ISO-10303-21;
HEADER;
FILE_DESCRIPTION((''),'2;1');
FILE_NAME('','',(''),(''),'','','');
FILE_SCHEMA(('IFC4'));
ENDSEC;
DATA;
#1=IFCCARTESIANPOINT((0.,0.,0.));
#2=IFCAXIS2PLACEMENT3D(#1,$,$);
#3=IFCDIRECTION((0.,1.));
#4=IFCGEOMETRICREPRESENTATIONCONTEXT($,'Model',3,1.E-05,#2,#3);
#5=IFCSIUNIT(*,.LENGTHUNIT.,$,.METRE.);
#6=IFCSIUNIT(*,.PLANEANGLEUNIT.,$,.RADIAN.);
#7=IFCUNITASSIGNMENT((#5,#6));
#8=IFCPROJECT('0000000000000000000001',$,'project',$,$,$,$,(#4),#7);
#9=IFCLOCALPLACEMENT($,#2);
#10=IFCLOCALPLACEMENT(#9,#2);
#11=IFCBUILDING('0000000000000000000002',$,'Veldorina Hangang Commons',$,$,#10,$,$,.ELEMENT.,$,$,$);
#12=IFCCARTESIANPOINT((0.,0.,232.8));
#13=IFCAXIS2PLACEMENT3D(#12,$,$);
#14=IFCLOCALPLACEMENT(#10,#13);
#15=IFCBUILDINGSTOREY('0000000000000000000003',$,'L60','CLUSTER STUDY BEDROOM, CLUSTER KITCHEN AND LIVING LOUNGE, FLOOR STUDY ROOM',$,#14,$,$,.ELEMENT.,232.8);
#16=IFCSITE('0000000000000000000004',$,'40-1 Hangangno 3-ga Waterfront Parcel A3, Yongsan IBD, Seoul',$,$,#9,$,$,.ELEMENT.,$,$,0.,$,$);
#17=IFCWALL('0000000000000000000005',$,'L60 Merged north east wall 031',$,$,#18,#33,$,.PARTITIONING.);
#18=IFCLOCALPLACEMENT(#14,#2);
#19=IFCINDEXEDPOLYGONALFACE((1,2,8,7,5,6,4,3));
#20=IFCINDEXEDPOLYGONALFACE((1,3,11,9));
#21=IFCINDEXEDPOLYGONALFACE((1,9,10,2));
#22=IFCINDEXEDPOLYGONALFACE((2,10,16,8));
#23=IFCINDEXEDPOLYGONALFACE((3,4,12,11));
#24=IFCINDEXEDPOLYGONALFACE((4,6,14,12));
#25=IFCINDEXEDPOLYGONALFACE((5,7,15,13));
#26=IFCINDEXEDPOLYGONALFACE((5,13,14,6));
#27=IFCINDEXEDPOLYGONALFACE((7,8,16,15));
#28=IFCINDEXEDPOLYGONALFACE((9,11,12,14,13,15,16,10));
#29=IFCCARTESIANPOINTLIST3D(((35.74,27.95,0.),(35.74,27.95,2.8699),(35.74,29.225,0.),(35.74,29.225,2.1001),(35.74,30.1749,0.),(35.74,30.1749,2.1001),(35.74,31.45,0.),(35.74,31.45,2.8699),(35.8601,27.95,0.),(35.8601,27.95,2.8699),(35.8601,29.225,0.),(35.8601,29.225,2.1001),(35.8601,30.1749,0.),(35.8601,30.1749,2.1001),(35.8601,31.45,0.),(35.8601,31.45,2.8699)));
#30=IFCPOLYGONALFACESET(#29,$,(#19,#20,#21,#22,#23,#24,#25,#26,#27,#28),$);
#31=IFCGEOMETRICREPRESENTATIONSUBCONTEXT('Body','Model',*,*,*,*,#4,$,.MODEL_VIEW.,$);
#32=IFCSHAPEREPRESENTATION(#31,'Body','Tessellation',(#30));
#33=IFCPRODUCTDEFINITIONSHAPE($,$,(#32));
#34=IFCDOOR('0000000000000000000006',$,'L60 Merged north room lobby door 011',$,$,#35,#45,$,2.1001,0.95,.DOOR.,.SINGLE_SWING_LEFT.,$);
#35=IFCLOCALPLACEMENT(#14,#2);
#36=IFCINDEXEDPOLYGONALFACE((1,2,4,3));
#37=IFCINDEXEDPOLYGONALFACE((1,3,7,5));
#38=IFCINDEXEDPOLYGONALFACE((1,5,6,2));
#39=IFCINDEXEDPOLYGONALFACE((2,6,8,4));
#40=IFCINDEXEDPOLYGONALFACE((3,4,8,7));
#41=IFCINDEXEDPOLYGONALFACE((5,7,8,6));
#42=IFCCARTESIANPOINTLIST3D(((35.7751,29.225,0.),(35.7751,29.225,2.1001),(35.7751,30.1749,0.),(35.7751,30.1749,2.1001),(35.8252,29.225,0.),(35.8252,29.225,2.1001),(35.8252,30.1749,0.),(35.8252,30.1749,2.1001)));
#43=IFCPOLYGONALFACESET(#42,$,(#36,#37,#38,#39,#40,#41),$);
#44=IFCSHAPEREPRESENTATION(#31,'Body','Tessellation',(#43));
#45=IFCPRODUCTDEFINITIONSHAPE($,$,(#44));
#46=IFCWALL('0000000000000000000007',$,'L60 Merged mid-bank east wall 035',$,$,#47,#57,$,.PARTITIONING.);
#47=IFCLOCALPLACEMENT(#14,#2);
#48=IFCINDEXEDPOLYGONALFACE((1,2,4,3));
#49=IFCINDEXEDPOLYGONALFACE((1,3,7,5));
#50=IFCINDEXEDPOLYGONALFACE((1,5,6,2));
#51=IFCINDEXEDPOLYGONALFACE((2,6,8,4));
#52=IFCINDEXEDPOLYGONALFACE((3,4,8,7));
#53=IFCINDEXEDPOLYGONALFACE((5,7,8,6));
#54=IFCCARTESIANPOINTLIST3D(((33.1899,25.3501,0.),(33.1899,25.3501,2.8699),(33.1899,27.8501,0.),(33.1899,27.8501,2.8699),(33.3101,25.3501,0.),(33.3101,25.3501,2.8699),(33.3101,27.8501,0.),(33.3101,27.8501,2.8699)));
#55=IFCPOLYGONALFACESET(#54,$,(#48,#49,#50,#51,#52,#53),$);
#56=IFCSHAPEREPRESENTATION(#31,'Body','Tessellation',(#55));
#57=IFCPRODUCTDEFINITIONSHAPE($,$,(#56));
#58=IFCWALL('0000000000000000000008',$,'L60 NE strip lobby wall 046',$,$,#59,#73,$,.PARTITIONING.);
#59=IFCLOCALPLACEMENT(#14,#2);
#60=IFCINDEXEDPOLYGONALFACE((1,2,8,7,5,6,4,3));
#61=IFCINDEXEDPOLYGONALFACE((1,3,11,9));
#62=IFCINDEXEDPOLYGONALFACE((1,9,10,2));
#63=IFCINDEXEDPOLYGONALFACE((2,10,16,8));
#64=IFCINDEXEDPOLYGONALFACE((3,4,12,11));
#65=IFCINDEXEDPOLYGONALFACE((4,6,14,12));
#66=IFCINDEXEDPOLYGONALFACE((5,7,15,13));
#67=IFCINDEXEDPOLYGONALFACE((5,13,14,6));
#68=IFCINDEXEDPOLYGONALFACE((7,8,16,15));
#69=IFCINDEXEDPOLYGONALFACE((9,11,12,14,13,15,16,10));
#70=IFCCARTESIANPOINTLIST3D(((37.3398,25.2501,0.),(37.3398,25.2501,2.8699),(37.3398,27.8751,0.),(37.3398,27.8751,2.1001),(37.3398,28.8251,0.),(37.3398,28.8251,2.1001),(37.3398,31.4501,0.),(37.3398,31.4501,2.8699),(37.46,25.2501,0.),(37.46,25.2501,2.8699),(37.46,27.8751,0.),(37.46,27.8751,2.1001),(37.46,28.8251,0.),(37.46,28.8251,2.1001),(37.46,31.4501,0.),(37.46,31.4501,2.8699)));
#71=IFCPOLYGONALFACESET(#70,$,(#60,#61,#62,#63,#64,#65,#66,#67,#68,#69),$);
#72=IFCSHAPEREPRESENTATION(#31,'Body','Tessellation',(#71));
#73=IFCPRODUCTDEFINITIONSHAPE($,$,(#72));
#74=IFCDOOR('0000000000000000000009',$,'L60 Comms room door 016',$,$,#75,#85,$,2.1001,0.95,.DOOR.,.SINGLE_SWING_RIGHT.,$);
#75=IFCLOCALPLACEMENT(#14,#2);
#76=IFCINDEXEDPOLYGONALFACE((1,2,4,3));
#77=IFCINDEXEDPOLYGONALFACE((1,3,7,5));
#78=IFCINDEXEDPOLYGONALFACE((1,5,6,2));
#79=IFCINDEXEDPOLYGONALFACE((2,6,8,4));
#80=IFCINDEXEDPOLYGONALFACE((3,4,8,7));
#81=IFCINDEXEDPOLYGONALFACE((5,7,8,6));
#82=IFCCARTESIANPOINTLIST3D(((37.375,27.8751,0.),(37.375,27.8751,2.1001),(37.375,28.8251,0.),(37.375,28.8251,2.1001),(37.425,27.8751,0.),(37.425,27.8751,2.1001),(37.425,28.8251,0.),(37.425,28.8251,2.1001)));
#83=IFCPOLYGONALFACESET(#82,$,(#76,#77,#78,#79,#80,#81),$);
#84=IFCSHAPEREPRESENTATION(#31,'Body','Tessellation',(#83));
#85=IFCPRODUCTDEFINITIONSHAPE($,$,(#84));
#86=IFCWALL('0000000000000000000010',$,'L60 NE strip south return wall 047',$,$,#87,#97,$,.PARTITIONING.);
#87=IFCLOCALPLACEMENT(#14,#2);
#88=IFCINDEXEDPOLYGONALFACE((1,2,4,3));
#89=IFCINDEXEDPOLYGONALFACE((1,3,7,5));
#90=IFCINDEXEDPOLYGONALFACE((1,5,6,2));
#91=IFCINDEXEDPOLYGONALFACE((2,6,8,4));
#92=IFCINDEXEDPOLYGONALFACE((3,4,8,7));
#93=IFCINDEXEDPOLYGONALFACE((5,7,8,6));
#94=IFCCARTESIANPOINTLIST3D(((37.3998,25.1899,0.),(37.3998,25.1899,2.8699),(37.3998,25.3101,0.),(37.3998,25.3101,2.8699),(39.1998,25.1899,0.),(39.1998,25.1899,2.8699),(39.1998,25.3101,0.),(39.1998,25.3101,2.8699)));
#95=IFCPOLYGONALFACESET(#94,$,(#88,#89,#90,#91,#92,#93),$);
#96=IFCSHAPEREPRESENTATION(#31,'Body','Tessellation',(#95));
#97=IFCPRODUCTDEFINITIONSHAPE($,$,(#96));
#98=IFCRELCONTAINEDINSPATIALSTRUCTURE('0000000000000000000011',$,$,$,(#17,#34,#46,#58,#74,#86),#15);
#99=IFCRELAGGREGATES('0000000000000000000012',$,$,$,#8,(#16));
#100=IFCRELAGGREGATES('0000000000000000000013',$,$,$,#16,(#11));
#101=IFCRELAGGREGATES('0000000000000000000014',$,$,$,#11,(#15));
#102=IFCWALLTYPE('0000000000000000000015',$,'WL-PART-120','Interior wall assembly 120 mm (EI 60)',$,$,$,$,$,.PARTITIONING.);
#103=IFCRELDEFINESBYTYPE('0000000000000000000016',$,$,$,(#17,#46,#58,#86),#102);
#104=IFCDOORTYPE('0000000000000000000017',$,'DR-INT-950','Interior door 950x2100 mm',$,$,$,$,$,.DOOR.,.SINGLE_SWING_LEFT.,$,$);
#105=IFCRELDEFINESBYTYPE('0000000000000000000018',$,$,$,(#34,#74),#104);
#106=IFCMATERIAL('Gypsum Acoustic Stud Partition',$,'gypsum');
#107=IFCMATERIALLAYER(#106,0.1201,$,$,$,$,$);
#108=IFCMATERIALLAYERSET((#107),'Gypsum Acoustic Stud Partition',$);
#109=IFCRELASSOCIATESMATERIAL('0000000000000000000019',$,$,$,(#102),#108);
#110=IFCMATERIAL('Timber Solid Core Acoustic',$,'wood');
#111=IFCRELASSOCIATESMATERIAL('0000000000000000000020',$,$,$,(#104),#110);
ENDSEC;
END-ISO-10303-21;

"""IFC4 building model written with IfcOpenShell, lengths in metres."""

from ifc_helpers import new_model, si_unit, direction, frame, frame_2d, origin, place, context, subcontext, project, spatial, rectangle, extrude, material, layer, layer_set, type_object, element, fill, save


model = new_model("IFC4")

# Units and contexts
model_context = context("Model", 3, precision=1e-05, world=origin(), true_north=direction((0.0, 1.0)))
body_context = subcontext(model_context, "Body", "Model", "MODEL_VIEW")
ifc_project = project(units=[si_unit("LENGTHUNIT", "METRE"), si_unit("PLANEANGLEUNIT", "RADIAN")], contexts=[model_context])

# Site, building, storey
site_placement = place(None, origin())
site = spatial("IfcSite", under=ifc_project, at=site_placement, Name="40-1 Hangangno 3-ga Waterfront Parcel A3, Yongsan IBD, Seoul", CompositionType="ELEMENT", RefElevation=0.0)
building_placement = place(site_placement, origin())
building = spatial("IfcBuilding", under=site, at=building_placement, Name="Veldorina Hangang Commons", CompositionType="ELEMENT")
storey_placement = place(building_placement, frame((0.0, 0.0, 232.8)))
storey = spatial("IfcBuildingStorey", under=building, at=storey_placement, Name="L60", Description="CLUSTER STUDY BEDROOM, CLUSTER KITCHEN AND LIVING LOUNGE, FLOOR STUDY ROOM", CompositionType="ELEMENT", Elevation=232.8)

# Wall, opening, door
ifc_material_1 = material(Name="Gypsum Acoustic Stud Partition", Category="gypsum")
ifc_layer_1 = layer(ifc_material_1, 0.1201)
ifc_layer_set_1 = layer_set([ifc_layer_1], Name="Gypsum Acoustic Stud Partition")
wall_type_1 = type_object("IfcWallType", Name="WL-PART-120", Description="Interior wall assembly 120 mm (EI 60)", PredefinedType="PARTITIONING", material=ifc_layer_set_1)
wall_1_placement = place(storey_placement, frame((35.8, 27.95, 0.0), z_axis=(0.0, 0.0, 1.0), x_axis=(0.0, 1.0, 0.0)))
wall_1 = element("IfcWall", 1, at=wall_1_placement, inside=storey, type_object=wall_type_1, Name="L60 Merged north east wall 031", PredefinedType="PARTITIONING", context=body_context, shape_type="SweptSolid", body=[
    extrude(rectangle(XDim=3.5, YDim=0.1201, at=frame_2d((1.75, 0.0))), origin(), (0.0, 0.0, 1.0), 2.8699),
])
opening_1_placement = place(wall_1_placement, frame((1.2749, 0.0, 0.0)))
opening_1 = element("IfcOpeningElement", 2, at=opening_1_placement, cuts=wall_1, PredefinedType="OPENING", context=body_context, shape_type="SweptSolid", body=[
    extrude(rectangle(XDim=0.95, YDim=2.1001, at=frame_2d((0.4751, 1.05))), frame((0.0, 0.0701, 0.0), z_axis=(0.0, -1.0, 0.0), x_axis=(1.0, 0.0, 0.0)), (0.0, 0.0, 1.0), 0.1401),
])
ifc_material_2 = material(Name="Timber Solid Core Acoustic", Category="wood")
door_type_1 = type_object("IfcDoorType", Name="DR-INT-950", Description="Interior door 950x2100 mm", OperationType="SINGLE_SWING_LEFT", PredefinedType="DOOR", material=ifc_material_2)
door_1_placement = place(opening_1_placement, origin())
door_1 = element("IfcDoor", 3, at=door_1_placement, inside=storey, type_object=door_type_1, Name="L60 Merged north room lobby door 011", OperationType="SINGLE_SWING_LEFT", OverallHeight=2.1001, OverallWidth=0.95, PredefinedType="DOOR", context=body_context, shape_type="SweptSolid", body=[
    extrude(rectangle(XDim=0.95, YDim=2.1001, at=frame_2d((0.4751, 1.05))), frame((0.0, 0.0249, 0.0), z_axis=(0.0, -1.0, 0.0), x_axis=(1.0, 0.0, 0.0)), (0.0, 0.0, 1.0), 0.05),
])
fill(opening_1, door_1)

# Wall
wall_2_placement = place(storey_placement, frame((33.25, 25.3501, 0.0), z_axis=(0.0, 0.0, 1.0), x_axis=(0.0, 1.0, 0.0)))
element("IfcWall", 4, at=wall_2_placement, inside=storey, type_object=wall_type_1, Name="L60 Merged mid-bank east wall 035", PredefinedType="PARTITIONING", context=body_context, shape_type="SweptSolid", body=[
    extrude(rectangle(XDim=2.5, YDim=0.1201, at=frame_2d((1.25, 0.0))), origin(), (0.0, 0.0, 1.0), 2.8699),
])

# Wall, opening, door
wall_3_placement = place(storey_placement, frame((37.3999, 25.25, 0.0), z_axis=(0.0, 0.0, 1.0), x_axis=(0.0, 1.0, 0.0)))
wall_3 = element("IfcWall", 5, at=wall_3_placement, inside=storey, type_object=wall_type_1, Name="L60 NE strip lobby wall 046", PredefinedType="PARTITIONING", context=body_context, shape_type="SweptSolid", body=[
    extrude(rectangle(XDim=6.2, YDim=0.1201, at=frame_2d((3.1001, 0.0))), origin(), (0.0, 0.0, 1.0), 2.8699),
])
opening_2_placement = place(wall_3_placement, frame((2.625, 0.0, 0.0)))
opening_2 = element("IfcOpeningElement", 6, at=opening_2_placement, cuts=wall_3, PredefinedType="OPENING", context=body_context, shape_type="SweptSolid", body=[
    extrude(rectangle(XDim=0.95, YDim=2.1001, at=frame_2d((0.4751, 1.05))), frame((0.0, 0.0701, 0.0), z_axis=(0.0, -1.0, 0.0), x_axis=(1.0, 0.0, 0.0)), (0.0, 0.0, 1.0), 0.1401),
])
door_2_placement = place(opening_2_placement, origin())
door_2 = element("IfcDoor", 7, at=door_2_placement, inside=storey, type_object=door_type_1, Name="L60 Comms room door 016", OperationType="SINGLE_SWING_RIGHT", OverallHeight=2.1001, OverallWidth=0.95, PredefinedType="DOOR", context=body_context, shape_type="SweptSolid", body=[
    extrude(rectangle(XDim=0.95, YDim=2.1001, at=frame_2d((0.4751, 1.05))), frame((0.0, 0.0249, 0.0), z_axis=(0.0, -1.0, 0.0), x_axis=(1.0, 0.0, 0.0)), (0.0, 0.0, 1.0), 0.05),
])
fill(opening_2, door_2)

# Wall
wall_4_placement = place(storey_placement, frame((37.3999, 25.25, 0.0), z_axis=(0.0, 0.0, 1.0), x_axis=(1.0, 0.0, 0.0)))
element("IfcWall", 8, at=wall_4_placement, inside=storey, type_object=wall_type_1, Name="L60 NE strip south return wall 047", PredefinedType="PARTITIONING", context=body_context, shape_type="SweptSolid", body=[
    extrude(rectangle(XDim=1.8, YDim=0.1201, at=frame_2d((0.8999, 0.0))), origin(), (0.0, 0.0, 1.0), 2.8699),
])

save(model, "model.ifc")
